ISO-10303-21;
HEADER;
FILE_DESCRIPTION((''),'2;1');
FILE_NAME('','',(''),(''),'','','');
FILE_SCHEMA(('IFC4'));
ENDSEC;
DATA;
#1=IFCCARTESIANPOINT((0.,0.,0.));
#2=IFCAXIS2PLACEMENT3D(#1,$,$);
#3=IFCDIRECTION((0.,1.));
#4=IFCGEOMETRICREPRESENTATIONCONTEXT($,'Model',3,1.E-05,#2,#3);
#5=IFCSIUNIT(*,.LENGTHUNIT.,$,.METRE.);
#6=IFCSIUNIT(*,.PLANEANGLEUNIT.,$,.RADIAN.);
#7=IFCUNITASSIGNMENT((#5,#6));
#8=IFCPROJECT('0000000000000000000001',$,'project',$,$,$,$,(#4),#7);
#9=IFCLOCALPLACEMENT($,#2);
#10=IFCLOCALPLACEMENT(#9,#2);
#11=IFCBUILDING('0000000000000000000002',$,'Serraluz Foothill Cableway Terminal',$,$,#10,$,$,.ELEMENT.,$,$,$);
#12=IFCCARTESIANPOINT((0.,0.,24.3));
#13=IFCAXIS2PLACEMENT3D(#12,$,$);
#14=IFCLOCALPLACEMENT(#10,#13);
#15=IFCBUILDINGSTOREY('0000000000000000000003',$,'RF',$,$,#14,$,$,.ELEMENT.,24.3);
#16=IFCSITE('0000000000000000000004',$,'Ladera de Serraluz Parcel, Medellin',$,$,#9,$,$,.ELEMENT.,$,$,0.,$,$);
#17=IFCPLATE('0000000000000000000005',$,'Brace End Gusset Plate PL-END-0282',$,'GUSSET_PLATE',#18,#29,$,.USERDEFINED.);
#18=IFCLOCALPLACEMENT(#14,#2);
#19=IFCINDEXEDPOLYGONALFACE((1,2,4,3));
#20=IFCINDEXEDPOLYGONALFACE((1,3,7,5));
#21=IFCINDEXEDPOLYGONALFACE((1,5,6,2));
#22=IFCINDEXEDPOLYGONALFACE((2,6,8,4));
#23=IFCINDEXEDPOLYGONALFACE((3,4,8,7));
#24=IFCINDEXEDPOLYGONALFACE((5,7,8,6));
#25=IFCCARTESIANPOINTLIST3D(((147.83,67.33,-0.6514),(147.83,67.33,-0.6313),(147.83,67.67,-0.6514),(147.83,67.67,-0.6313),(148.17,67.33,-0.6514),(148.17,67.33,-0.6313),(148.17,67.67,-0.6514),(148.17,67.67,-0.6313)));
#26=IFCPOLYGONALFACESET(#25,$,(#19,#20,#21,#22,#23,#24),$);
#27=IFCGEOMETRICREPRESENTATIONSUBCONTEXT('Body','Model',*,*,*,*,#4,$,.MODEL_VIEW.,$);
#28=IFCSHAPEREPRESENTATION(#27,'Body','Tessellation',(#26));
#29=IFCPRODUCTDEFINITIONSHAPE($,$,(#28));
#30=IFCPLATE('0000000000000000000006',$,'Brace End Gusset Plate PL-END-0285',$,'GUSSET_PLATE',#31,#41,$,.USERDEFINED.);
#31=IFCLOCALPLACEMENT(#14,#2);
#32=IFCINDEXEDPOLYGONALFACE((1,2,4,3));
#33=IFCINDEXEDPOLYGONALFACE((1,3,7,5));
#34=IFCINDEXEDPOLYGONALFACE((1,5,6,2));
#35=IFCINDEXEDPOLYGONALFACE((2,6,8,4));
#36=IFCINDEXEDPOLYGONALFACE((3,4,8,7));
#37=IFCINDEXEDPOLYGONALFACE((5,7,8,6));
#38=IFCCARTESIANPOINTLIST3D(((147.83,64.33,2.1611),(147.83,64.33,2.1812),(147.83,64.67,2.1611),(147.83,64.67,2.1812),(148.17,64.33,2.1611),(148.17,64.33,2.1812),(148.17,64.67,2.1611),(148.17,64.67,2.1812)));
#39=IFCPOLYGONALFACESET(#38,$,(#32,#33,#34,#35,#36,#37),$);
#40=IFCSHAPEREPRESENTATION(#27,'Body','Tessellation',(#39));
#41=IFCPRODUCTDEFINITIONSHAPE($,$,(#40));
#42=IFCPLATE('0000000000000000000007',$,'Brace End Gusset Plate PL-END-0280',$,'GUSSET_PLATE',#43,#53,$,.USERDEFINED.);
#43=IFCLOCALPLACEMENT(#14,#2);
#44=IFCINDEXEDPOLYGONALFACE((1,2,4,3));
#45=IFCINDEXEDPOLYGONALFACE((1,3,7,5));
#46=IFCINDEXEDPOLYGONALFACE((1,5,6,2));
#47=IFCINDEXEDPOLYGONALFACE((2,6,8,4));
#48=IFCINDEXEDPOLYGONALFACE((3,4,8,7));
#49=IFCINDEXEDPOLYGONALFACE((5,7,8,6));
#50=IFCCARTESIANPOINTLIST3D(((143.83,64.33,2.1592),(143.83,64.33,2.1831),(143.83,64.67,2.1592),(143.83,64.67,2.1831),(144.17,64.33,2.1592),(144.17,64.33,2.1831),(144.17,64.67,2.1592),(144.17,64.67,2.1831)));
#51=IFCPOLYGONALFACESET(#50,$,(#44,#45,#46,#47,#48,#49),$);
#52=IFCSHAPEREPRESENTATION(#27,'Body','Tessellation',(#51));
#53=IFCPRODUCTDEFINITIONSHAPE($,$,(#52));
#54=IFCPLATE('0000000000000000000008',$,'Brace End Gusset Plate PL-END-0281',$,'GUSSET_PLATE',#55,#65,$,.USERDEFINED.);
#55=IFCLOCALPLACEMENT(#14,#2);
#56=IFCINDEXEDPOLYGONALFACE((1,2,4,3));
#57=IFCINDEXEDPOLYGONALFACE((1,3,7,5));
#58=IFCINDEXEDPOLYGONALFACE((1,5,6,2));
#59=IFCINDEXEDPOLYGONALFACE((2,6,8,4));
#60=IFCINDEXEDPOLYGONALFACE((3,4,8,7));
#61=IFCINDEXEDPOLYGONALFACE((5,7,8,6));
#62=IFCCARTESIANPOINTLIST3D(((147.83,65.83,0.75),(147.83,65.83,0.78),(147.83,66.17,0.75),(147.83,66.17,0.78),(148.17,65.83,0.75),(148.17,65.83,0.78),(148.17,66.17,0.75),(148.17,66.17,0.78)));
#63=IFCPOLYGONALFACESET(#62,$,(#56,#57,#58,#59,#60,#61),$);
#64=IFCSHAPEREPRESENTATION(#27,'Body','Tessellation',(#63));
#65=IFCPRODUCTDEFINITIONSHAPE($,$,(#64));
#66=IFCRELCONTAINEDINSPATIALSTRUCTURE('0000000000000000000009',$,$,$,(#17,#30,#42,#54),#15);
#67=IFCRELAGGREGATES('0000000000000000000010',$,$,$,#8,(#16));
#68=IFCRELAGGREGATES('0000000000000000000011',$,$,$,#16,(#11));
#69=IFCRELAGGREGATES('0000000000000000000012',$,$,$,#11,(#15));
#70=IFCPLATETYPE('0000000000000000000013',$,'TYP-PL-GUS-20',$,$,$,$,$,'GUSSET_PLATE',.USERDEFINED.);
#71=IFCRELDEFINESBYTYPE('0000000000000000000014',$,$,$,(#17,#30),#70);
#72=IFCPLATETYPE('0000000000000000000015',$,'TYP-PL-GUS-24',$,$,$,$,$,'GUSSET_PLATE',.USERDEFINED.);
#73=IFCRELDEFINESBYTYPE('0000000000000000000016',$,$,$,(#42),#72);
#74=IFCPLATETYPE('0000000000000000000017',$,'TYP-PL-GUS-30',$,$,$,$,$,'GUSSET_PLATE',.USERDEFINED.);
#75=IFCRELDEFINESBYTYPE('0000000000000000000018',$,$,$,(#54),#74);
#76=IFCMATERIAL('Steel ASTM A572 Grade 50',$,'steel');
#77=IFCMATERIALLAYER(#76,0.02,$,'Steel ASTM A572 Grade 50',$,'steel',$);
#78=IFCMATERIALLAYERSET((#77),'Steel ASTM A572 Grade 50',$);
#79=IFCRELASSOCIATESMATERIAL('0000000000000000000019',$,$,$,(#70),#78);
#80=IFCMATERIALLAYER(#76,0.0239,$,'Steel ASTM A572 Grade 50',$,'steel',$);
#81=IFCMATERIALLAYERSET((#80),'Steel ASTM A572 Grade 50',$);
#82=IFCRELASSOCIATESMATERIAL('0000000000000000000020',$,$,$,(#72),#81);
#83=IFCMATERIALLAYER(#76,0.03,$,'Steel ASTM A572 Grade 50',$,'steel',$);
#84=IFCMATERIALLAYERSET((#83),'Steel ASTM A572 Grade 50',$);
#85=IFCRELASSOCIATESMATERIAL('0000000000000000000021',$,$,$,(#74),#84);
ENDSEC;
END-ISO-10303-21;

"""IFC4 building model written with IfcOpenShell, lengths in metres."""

from ifc_helpers import new_model, si_unit, direction, frame, origin, origin_2d, place, context, subcontext, project, spatial, rectangle, extrude, material, layer, layer_set, type_object, element, save


model = new_model("IFC4")

# Units and contexts
model_context = context("Model", 3, precision=1e-05, world=origin(), true_north=direction((0.0, 1.0)))
body_context = subcontext(model_context, "Body", "Model", "MODEL_VIEW")
ifc_project = project(units=[si_unit("LENGTHUNIT", "METRE"), si_unit("PLANEANGLEUNIT", "RADIAN")], contexts=[model_context])

# Site, building, storey
site_placement = place(None, origin())
site = spatial("IfcSite", under=ifc_project, at=site_placement, Name="Ladera de Serraluz Parcel, Medellin", CompositionType="ELEMENT", RefElevation=0.0)
building_placement = place(site_placement, origin())
building = spatial("IfcBuilding", under=site, at=building_placement, Name="Serraluz Foothill Cableway Terminal", CompositionType="ELEMENT")
storey_placement = place(building_placement, frame((0.0, 0.0, 24.3)))
storey = spatial("IfcBuildingStorey", under=building, at=storey_placement, Name="RF", CompositionType="ELEMENT", Elevation=24.3)

# Shared definitions
ifc_material_1 = material(Name="Steel ASTM A572 Grade 50", Category="steel")

# Plates
ifc_layer_1 = layer(ifc_material_1, 0.02, Name="Steel ASTM A572 Grade 50", Category="steel")
ifc_layer_set_1 = layer_set([ifc_layer_1], Name="Steel ASTM A572 Grade 50")
plate_type_1 = type_object("IfcPlateType", Name="TYP-PL-GUS-20", ElementType="GUSSET_PLATE", PredefinedType="USERDEFINED", material=ifc_layer_set_1)
for number, where, z_axis, x_axis, name in (
    (1, (148.0, 67.5, -0.6514), (0.0, 0.0, 1.0), (1.0, 0.0, 0.0), "Brace End Gusset Plate PL-END-0282"),
    (2, (148.0, 64.5, 2.1611), (0.0, 0.0, 1.0), (1.0, 0.0, 0.0), "Brace End Gusset Plate PL-END-0285"),
):
    element("IfcPlate", number, at=place(storey_placement, frame(where, z_axis=z_axis, x_axis=x_axis)), inside=storey, type_object=plate_type_1, Name=name, ObjectType="GUSSET_PLATE", PredefinedType="USERDEFINED", context=body_context, shape_type="SweptSolid", body=[
        extrude(rectangle(XDim=0.3401, YDim=0.3401, at=origin_2d()), origin(), (0.0, 0.0, 1.0), 0.02),
    ])
ifc_layer_2 = layer(ifc_material_1, 0.0239, Name="Steel ASTM A572 Grade 50", Category="steel")
ifc_layer_set_2 = layer_set([ifc_layer_2], Name="Steel ASTM A572 Grade 50")
plate_type_2 = type_object("IfcPlateType", Name="TYP-PL-GUS-24", ElementType="GUSSET_PLATE", PredefinedType="USERDEFINED", material=ifc_layer_set_2)
plate_1_placement = place(storey_placement, frame((144.0, 64.5, 2.1592), z_axis=(0.0, 0.0, 1.0), x_axis=(1.0, 0.0, 0.0)))
element("IfcPlate", 3, at=plate_1_placement, inside=storey, type_object=plate_type_2, Name="Brace End Gusset Plate PL-END-0280", ObjectType="GUSSET_PLATE", PredefinedType="USERDEFINED", context=body_context, shape_type="SweptSolid", body=[
    extrude(rectangle(XDim=0.3401, YDim=0.3401, at=origin_2d()), origin(), (0.0, 0.0, 1.0), 0.0239),
])
ifc_layer_3 = layer(ifc_material_1, 0.03, Name="Steel ASTM A572 Grade 50", Category="steel")
ifc_layer_set_3 = layer_set([ifc_layer_3], Name="Steel ASTM A572 Grade 50")
plate_type_3 = type_object("IfcPlateType", Name="TYP-PL-GUS-30", ElementType="GUSSET_PLATE", PredefinedType="USERDEFINED", material=ifc_layer_set_3)
plate_2_placement = place(storey_placement, frame((148.0, 66.0, 0.75), z_axis=(0.0, 0.0, 1.0), x_axis=(1.0, 0.0, 0.0)))
element("IfcPlate", 4, at=plate_2_placement, inside=storey, type_object=plate_type_3, Name="Brace End Gusset Plate PL-END-0281", ObjectType="GUSSET_PLATE", PredefinedType="USERDEFINED", context=body_context, shape_type="SweptSolid", body=[
    extrude(rectangle(XDim=0.3401, YDim=0.3401, at=origin_2d()), origin(), (0.0, 0.0, 1.0), 0.03),
])

save(model, "model.ifc")
